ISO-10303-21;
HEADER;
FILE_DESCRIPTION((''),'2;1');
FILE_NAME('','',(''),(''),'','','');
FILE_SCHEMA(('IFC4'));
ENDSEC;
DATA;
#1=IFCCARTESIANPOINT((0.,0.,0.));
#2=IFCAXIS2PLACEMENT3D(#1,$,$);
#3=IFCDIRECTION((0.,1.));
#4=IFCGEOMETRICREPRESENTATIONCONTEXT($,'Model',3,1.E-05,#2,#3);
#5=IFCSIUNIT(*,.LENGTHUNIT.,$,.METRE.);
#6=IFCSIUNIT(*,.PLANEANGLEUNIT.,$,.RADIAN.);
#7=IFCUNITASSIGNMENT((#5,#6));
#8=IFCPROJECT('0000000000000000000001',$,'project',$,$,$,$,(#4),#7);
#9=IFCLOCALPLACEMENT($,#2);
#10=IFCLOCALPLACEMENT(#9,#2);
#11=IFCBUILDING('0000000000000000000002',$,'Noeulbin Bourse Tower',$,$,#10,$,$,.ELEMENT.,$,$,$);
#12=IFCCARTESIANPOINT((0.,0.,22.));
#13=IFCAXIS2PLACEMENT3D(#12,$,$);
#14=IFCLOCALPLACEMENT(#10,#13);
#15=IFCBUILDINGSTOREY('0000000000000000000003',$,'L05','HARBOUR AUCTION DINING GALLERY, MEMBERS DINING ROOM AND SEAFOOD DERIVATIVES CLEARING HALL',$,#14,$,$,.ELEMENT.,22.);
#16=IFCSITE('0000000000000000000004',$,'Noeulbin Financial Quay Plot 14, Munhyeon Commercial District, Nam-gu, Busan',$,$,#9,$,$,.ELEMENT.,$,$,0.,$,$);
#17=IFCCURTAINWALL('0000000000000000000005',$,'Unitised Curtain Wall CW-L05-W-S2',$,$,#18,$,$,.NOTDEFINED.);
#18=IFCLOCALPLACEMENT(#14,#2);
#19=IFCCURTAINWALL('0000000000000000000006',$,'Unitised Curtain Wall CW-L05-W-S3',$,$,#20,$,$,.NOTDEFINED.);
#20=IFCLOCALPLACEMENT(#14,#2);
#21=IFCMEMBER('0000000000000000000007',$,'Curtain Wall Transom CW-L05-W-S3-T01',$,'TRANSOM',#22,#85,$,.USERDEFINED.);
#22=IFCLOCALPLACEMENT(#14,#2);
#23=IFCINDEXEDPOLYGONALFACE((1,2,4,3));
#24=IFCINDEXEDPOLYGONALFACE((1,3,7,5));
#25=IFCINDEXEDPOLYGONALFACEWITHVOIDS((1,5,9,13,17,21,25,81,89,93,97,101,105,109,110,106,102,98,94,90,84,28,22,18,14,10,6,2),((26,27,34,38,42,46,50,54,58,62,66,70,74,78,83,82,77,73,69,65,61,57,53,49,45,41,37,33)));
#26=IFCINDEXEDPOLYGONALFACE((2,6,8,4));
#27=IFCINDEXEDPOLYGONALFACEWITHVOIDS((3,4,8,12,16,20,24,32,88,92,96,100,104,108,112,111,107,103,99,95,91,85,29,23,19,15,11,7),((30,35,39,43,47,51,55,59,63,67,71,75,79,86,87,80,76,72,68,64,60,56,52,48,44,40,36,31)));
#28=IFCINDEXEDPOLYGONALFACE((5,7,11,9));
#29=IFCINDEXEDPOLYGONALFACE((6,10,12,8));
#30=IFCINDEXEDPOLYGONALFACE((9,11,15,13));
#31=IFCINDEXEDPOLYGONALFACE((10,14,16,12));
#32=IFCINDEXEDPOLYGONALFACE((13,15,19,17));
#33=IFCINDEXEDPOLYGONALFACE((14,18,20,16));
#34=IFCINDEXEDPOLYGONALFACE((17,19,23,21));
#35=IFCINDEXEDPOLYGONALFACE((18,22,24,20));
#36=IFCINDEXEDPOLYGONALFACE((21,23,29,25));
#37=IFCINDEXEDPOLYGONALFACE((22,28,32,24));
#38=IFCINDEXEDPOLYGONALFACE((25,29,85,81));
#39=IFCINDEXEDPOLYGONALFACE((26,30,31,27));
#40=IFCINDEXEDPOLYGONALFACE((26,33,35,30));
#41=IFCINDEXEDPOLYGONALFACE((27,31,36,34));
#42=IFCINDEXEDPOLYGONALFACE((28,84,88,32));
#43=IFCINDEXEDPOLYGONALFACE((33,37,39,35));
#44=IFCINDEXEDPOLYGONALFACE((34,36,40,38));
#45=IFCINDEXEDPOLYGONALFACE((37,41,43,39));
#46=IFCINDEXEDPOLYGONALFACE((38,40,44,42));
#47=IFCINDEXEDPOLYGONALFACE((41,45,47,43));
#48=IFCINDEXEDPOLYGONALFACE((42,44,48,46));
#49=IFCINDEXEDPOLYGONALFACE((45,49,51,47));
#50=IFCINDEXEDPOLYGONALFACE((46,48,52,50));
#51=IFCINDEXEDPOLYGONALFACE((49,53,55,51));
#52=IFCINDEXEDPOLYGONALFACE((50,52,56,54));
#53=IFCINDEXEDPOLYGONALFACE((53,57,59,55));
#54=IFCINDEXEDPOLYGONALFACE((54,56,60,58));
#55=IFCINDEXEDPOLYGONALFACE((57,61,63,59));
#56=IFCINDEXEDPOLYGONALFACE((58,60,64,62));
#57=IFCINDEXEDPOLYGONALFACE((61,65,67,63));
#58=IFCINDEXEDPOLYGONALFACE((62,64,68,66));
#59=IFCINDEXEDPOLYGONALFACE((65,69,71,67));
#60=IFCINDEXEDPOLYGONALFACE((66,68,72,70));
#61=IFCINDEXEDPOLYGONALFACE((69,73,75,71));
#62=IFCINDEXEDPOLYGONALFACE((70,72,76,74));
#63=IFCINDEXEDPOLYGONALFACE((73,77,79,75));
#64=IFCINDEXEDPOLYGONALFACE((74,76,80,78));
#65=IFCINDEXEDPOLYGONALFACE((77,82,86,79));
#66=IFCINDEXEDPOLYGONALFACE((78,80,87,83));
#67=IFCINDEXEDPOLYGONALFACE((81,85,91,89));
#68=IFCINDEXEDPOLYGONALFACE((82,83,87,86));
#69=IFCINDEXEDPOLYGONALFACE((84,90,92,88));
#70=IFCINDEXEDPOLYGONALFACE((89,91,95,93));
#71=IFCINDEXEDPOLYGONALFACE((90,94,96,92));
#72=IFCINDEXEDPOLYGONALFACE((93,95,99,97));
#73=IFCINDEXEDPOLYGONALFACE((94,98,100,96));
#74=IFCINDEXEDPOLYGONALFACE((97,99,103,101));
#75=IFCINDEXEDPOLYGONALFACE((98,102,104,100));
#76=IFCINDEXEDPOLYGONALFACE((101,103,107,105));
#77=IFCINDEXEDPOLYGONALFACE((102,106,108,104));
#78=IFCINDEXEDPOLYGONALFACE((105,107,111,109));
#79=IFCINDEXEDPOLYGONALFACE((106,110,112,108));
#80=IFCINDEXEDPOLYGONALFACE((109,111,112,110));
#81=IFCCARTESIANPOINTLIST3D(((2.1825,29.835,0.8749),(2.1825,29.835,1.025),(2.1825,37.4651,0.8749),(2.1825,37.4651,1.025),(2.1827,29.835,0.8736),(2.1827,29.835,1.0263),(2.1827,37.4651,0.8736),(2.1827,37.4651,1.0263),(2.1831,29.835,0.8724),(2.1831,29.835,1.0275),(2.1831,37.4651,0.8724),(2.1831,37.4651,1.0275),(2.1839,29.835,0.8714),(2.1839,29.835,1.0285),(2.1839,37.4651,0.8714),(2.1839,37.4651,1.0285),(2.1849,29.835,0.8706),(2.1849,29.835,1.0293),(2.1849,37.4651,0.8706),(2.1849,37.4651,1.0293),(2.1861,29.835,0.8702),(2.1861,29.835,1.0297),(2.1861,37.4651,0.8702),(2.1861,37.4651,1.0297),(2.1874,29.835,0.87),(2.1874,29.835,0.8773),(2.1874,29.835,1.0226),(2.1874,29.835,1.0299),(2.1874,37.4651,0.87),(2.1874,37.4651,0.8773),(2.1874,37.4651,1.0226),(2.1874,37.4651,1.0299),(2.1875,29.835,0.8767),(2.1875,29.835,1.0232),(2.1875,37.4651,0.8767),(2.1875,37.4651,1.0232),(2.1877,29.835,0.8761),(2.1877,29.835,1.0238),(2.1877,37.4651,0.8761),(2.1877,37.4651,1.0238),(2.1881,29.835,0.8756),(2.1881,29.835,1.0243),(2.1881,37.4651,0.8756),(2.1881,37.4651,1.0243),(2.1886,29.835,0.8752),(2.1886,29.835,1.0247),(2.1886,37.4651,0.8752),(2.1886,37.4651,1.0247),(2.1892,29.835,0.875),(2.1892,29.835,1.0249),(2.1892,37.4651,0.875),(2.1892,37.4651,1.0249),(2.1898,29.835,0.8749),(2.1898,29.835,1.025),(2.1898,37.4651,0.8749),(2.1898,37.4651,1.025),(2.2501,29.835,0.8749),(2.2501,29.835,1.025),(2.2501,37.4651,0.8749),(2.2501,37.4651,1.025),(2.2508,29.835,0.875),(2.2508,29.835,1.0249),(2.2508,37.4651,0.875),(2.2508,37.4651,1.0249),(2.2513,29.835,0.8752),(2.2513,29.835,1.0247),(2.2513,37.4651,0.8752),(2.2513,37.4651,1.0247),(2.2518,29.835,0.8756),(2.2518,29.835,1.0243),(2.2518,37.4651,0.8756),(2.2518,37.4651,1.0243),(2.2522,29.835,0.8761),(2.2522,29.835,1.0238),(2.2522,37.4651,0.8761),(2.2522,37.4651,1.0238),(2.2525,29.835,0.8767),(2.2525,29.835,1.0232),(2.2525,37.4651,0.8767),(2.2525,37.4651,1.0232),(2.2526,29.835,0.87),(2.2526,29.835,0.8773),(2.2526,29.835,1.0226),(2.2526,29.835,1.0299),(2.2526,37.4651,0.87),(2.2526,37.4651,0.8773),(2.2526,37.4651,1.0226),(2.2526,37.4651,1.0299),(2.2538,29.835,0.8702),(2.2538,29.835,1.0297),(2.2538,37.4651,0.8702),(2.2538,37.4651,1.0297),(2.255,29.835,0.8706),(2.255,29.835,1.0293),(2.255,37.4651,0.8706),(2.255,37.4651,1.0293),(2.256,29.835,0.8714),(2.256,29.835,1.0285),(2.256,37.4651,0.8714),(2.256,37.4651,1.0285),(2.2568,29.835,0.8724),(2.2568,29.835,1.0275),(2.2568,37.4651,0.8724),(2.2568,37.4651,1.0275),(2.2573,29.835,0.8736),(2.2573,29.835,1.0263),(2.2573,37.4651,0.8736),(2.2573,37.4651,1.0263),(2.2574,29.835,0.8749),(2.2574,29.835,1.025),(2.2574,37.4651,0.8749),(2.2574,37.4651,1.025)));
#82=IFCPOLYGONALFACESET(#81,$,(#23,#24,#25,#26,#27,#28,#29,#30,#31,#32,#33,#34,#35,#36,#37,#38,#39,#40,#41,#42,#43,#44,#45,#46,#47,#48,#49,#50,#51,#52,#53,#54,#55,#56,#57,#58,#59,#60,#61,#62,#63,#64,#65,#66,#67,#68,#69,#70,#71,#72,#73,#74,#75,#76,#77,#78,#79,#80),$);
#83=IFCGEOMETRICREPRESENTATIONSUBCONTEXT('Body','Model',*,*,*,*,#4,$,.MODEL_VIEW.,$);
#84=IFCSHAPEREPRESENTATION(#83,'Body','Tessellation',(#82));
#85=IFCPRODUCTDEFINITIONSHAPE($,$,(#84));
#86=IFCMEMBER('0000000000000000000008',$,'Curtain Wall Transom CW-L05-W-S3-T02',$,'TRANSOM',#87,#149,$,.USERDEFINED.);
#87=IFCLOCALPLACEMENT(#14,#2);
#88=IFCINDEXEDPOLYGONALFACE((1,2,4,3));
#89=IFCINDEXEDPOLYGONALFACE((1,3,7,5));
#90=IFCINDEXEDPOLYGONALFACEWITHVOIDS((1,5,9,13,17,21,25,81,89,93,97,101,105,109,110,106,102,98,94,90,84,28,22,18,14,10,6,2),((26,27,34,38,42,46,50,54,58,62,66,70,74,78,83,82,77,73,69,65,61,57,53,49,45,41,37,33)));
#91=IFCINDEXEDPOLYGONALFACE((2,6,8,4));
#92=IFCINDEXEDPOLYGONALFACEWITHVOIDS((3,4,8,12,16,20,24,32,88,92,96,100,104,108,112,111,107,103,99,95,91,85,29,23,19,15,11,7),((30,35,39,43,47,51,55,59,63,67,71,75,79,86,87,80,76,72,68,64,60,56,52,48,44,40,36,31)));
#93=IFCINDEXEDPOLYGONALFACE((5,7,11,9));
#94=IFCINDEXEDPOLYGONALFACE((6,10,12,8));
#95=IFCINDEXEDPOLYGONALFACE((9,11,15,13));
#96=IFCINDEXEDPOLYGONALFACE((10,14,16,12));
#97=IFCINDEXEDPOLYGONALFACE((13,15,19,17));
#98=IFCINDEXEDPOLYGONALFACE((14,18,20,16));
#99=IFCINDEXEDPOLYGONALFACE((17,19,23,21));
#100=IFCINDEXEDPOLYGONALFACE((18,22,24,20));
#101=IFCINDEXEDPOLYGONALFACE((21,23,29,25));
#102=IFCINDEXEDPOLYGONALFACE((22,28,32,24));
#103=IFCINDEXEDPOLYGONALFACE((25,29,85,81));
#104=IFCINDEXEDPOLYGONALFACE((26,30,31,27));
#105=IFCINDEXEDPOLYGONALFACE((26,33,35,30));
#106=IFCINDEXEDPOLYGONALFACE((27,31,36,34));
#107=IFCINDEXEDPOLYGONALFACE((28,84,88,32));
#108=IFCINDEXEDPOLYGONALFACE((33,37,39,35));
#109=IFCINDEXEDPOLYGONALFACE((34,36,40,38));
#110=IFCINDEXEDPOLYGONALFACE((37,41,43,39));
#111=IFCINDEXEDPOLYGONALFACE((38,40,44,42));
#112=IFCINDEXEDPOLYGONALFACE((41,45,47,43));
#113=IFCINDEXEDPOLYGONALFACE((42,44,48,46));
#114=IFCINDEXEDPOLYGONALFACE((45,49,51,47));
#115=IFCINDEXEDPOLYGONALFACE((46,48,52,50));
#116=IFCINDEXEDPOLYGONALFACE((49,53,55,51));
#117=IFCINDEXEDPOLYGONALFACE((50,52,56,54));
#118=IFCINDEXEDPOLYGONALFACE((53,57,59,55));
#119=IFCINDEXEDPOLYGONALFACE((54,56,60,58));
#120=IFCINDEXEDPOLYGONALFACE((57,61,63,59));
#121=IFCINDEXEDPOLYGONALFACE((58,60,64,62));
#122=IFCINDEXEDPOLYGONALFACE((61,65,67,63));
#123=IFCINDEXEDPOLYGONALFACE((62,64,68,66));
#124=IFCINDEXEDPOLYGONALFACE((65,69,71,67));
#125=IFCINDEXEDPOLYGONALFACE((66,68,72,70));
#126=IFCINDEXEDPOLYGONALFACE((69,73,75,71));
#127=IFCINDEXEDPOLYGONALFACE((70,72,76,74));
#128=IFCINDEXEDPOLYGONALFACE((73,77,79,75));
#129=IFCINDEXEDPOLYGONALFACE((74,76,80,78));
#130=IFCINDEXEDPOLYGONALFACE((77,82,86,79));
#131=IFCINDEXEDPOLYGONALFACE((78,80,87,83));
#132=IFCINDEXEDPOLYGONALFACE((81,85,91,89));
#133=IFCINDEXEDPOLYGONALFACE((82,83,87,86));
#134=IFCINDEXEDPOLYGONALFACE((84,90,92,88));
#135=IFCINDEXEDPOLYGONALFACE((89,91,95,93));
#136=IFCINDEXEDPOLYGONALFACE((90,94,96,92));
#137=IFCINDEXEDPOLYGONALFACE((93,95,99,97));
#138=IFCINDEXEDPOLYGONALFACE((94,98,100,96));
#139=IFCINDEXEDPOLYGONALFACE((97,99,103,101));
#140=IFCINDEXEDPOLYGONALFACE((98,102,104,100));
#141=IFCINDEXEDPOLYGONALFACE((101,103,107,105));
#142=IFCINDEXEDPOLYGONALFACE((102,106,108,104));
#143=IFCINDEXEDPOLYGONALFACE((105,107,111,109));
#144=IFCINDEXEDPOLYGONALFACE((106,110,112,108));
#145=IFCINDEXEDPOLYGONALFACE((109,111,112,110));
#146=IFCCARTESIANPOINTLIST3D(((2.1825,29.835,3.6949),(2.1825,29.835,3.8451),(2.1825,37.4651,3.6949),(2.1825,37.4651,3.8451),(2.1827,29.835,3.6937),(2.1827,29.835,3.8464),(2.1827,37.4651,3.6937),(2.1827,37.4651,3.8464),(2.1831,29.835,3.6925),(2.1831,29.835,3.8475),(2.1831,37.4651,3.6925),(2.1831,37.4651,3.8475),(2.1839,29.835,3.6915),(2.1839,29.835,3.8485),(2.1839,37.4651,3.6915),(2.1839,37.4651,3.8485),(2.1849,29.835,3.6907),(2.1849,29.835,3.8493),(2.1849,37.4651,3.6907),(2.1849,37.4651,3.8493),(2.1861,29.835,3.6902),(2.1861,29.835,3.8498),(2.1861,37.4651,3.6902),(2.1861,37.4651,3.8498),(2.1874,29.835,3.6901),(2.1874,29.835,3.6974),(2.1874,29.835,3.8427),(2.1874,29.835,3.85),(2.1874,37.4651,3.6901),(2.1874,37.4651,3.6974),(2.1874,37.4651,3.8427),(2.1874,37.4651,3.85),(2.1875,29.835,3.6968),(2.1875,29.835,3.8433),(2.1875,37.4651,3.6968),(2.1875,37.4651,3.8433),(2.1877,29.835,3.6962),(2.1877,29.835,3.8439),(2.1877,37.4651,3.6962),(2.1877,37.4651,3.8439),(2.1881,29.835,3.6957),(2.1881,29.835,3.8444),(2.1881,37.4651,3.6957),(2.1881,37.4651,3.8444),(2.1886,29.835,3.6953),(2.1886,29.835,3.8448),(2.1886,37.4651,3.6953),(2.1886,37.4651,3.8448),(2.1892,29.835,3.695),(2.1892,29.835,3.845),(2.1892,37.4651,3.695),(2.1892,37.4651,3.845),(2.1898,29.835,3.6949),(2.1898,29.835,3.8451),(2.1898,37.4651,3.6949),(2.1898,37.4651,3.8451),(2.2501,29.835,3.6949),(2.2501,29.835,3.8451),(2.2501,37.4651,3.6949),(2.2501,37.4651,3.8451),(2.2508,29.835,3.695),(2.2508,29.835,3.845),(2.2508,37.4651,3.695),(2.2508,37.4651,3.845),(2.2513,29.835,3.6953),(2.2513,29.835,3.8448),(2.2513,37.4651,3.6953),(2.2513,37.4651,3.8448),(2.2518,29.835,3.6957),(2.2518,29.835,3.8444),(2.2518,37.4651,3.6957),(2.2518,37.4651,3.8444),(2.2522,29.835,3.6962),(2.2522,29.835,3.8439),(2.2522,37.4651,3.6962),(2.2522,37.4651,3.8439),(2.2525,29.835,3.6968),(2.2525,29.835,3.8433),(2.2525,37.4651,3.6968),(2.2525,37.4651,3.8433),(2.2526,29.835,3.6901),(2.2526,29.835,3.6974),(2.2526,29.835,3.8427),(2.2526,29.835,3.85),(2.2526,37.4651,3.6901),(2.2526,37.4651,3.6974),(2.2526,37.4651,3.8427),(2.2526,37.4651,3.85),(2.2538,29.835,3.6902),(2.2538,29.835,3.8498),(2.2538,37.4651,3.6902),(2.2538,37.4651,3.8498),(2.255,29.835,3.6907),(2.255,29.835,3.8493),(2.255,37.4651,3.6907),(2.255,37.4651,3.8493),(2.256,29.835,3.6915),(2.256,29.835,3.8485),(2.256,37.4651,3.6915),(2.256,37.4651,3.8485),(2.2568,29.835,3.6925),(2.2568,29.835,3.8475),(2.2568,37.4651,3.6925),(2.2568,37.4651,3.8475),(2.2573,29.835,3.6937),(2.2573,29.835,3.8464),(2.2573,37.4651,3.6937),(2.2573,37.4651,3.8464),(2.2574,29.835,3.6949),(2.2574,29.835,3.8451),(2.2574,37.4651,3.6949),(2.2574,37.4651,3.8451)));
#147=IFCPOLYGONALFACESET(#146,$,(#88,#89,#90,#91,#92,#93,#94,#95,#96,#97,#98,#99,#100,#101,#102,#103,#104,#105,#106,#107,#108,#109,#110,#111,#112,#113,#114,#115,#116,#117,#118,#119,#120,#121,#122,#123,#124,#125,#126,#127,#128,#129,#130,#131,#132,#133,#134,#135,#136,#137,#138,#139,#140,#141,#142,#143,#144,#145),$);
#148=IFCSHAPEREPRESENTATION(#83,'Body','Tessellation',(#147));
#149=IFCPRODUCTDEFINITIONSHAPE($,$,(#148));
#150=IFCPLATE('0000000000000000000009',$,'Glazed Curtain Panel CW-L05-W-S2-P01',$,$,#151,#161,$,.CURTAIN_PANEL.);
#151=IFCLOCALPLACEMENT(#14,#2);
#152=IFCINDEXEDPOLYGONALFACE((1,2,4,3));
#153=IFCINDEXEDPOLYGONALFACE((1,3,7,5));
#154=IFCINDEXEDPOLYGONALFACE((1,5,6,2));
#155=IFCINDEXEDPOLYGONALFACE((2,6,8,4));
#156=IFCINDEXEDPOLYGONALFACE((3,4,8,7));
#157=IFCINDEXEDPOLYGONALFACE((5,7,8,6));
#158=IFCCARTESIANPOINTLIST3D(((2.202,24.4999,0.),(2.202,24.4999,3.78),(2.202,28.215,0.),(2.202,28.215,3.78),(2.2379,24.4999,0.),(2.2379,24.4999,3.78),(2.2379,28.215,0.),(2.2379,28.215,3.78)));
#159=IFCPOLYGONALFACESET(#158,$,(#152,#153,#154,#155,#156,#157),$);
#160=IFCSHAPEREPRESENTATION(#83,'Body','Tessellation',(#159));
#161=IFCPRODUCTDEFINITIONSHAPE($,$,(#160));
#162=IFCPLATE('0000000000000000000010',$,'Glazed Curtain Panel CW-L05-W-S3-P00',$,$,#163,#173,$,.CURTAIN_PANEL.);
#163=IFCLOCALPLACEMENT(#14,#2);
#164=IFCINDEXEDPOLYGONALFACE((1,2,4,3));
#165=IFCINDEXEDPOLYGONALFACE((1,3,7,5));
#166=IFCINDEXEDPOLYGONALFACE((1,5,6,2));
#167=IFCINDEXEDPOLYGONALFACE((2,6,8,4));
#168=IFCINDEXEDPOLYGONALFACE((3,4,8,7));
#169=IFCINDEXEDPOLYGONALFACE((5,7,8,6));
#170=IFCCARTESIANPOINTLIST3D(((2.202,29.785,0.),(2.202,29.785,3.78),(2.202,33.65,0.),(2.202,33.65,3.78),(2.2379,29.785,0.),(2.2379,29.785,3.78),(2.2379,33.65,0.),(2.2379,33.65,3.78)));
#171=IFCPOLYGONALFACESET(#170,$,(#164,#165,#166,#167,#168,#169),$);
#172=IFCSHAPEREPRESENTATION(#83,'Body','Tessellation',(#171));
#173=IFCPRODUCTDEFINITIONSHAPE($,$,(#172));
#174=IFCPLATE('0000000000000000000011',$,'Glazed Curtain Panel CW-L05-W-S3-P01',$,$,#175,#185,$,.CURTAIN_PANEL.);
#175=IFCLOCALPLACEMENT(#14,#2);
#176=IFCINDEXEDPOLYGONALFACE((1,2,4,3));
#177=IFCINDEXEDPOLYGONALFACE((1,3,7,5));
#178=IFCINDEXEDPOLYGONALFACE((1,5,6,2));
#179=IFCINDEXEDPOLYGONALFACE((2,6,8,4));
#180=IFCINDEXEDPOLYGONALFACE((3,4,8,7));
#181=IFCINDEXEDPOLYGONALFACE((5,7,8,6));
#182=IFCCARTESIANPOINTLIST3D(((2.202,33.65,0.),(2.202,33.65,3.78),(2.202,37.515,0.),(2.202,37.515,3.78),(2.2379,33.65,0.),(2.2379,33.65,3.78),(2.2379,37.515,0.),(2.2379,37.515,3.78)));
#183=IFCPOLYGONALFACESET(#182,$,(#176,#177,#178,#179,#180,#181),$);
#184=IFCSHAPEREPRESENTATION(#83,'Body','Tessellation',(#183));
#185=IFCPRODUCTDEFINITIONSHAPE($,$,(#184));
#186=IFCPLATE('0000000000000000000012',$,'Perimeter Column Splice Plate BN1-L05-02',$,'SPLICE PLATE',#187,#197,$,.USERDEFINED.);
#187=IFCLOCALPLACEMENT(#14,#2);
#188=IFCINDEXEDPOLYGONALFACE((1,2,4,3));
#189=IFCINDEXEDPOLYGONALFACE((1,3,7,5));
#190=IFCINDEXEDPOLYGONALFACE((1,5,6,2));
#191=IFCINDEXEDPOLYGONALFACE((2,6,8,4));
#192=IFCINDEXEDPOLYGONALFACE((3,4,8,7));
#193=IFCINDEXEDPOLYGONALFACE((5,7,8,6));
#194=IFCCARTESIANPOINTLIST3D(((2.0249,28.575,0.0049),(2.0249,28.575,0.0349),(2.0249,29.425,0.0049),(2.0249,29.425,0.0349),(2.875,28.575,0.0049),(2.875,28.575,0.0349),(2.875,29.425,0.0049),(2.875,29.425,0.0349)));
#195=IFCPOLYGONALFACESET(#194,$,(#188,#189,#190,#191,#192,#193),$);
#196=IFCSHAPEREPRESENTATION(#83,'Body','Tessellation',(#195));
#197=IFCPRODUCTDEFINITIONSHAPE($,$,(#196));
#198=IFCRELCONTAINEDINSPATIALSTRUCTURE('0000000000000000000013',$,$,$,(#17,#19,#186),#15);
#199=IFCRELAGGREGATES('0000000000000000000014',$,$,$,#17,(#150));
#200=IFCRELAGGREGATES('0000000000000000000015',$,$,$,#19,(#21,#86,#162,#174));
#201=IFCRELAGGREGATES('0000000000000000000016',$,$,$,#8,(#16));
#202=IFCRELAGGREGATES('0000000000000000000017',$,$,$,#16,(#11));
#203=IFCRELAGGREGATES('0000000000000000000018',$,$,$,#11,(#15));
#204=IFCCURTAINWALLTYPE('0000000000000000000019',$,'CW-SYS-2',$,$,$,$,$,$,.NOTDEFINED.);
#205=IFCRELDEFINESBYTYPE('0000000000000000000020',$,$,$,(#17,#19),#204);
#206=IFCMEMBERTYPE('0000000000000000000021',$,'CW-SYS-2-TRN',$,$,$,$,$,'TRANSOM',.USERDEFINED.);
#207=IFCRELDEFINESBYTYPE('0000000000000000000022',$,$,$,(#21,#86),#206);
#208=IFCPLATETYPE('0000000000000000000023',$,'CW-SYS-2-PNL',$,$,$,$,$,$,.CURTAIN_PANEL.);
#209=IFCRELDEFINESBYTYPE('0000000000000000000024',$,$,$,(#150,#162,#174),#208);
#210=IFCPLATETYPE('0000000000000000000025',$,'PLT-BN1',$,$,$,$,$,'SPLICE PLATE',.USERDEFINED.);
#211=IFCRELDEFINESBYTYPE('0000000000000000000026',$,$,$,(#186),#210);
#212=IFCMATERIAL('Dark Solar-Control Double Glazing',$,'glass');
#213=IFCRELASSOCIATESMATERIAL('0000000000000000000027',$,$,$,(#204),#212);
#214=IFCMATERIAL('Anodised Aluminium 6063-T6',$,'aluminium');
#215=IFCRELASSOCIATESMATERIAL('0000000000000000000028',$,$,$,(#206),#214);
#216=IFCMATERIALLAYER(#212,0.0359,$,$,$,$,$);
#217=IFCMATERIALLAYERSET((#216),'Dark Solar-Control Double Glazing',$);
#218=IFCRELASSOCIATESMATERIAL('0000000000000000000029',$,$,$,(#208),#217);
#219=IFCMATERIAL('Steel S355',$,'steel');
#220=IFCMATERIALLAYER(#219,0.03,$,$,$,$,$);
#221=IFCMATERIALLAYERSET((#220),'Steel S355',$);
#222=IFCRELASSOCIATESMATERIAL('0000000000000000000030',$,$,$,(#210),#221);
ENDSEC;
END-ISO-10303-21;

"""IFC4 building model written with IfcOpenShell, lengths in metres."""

from ifc_helpers import new_model, si_unit, direction, frame, origin, origin_2d, place, context, subcontext, project, spatial, rectangle, hollow_rectangle, extrude, material, layer, layer_set, material_profile, profile_set, type_object, element, aggregate, save


model = new_model("IFC4")

# Units and contexts
model_context = context("Model", 3, precision=1e-05, world=origin(), true_north=direction((0.0, 1.0)))
body_context = subcontext(model_context, "Body", "Model", "MODEL_VIEW")
ifc_project = project(units=[si_unit("LENGTHUNIT", "METRE"), si_unit("PLANEANGLEUNIT", "RADIAN")], contexts=[model_context])

# Site, building, storey
site_placement = place(None, origin())
site = spatial("IfcSite", under=ifc_project, at=site_placement, Name="Noeulbin Financial Quay Plot 14, Munhyeon Commercial District, Nam-gu, Busan", CompositionType="ELEMENT", RefElevation=0.0)
building_placement = place(site_placement, origin())
building = spatial("IfcBuilding", under=site, at=building_placement, Name="Noeulbin Bourse Tower", CompositionType="ELEMENT")
storey_placement = place(building_placement, frame((0.0, 0.0, 22.0)))
storey = spatial("IfcBuildingStorey", under=building, at=storey_placement, Name="L05", Description="HARBOUR AUCTION DINING GALLERY, MEMBERS DINING ROOM AND SEAFOOD DERIVATIVES CLEARING HALL", CompositionType="ELEMENT", Elevation=22.0)

# Shared definitions
ifc_material_1 = material(Name="Steel S355", Category="steel")

# Curtain walls, members
ifc_material_2 = material(Name="Dark Solar-Control Double Glazing", Category="glass")
curtain_wall_type = type_object("IfcCurtainWallType", Name="CW-SYS-2", PredefinedType="NOTDEFINED", material=ifc_material_2)
curtain_wall_1_placement = place(storey_placement, origin())
curtain_wall_1 = element("IfcCurtainWall", 1, at=curtain_wall_1_placement, inside=storey, type_object=curtain_wall_type, Name="Unitised Curtain Wall CW-L05-W-S2", PredefinedType="NOTDEFINED")
ifc_material_3 = material(Name="Anodised Aluminium 6063-T6", Category="aluminium")
curtain_wall_2_placement = place(storey_placement, origin())
curtain_wall_2 = element("IfcCurtainWall", 2, at=curtain_wall_2_placement, inside=storey, type_object=curtain_wall_type, Name="Unitised Curtain Wall CW-L05-W-S3", PredefinedType="NOTDEFINED")
ifc_material_profile_1 = material_profile(ifc_material_3, hollow_rectangle(XDim=0.075, YDim=0.1599, WallThickness=0.0049, InnerFilletRadius=0.0024, OuterFilletRadius=0.0049, at=origin_2d()), Name="ALU-TRAN-75x160x5", Category="LoadBearing")
ifc_profile_set_1 = profile_set([ifc_material_profile_1], Name="Anodised Aluminium 6063-T6")
member_type_1 = type_object("IfcMemberType", Name="CW-SYS-2-TRN", ElementType="TRANSOM", PredefinedType="USERDEFINED", material=ifc_profile_set_1)
member_1_placement = place(storey_placement, frame((2.22, 29.835, 0.95), z_axis=(0.0, 1.0, 0.0), x_axis=(-1.0, 0.0, 0.0)))
member_1 = element("IfcMember", 3, at=member_1_placement, type_object=member_type_1, Name="Curtain Wall Transom CW-L05-W-S3-T01", ObjectType="TRANSOM", PredefinedType="USERDEFINED", context=body_context, shape_type="SweptSolid", body=[
    extrude(hollow_rectangle(XDim=0.075, YDim=0.1599, WallThickness=0.0049, InnerFilletRadius=0.0024, OuterFilletRadius=0.0049, at=origin_2d()), origin(), (0.0, 0.0, 1.0), 7.6301),
])
member_2_placement = place(storey_placement, frame((2.22, 29.835, 3.77), z_axis=(0.0, 1.0, 0.0), x_axis=(-1.0, 0.0, 0.0)))
member_2 = element("IfcMember", 4, at=member_2_placement, type_object=member_type_1, Name="Curtain Wall Transom CW-L05-W-S3-T02", ObjectType="TRANSOM", PredefinedType="USERDEFINED", context=body_context, shape_type="SweptSolid", body=[
    extrude(hollow_rectangle(XDim=0.075, YDim=0.1599, WallThickness=0.0049, InnerFilletRadius=0.0024, OuterFilletRadius=0.0049, at=origin_2d()), origin(), (0.0, 0.0, 1.0), 7.6301),
])

# Plates
ifc_layer_1 = layer(ifc_material_2, 0.0359)
ifc_layer_set_1 = layer_set([ifc_layer_1], Name="Dark Solar-Control Double Glazing")
plate_type_1 = type_object("IfcPlateType", Name="CW-SYS-2-PNL", PredefinedType="CURTAIN_PANEL", material=ifc_layer_set_1)
plate_1_placement = place(storey_placement, frame((2.22, 26.3574, 0.0), z_axis=(0.0, 0.0, 1.0), x_axis=(0.0, 1.0, 0.0)))
plate_1 = element("IfcPlate", 5, at=plate_1_placement, type_object=plate_type_1, Name="Glazed Curtain Panel CW-L05-W-S2-P01", PredefinedType="CURTAIN_PANEL", context=body_context, shape_type="SweptSolid", body=[
    extrude(rectangle(XDim=3.7151, YDim=0.0359, at=origin_2d()), origin(), (0.0, 0.0, 1.0), 3.78),
])
aggregate(curtain_wall_1, [plate_1])
plate_2_placement = place(storey_placement, frame((2.22, 31.7175, 0.0), z_axis=(0.0, 0.0, 1.0), x_axis=(0.0, 1.0, 0.0)))
plate_2 = element("IfcPlate", 6, at=plate_2_placement, type_object=plate_type_1, Name="Glazed Curtain Panel CW-L05-W-S3-P00", PredefinedType="CURTAIN_PANEL", context=body_context, shape_type="SweptSolid", body=[
    extrude(rectangle(XDim=3.865, YDim=0.0359, at=origin_2d()), origin(), (0.0, 0.0, 1.0), 3.78),
])
plate_3_placement = place(storey_placement, frame((2.22, 35.5825, 0.0), z_axis=(0.0, 0.0, 1.0), x_axis=(0.0, 1.0, 0.0)))
plate_3 = element("IfcPlate", 7, at=plate_3_placement, type_object=plate_type_1, Name="Glazed Curtain Panel CW-L05-W-S3-P01", PredefinedType="CURTAIN_PANEL", context=body_context, shape_type="SweptSolid", body=[
    extrude(rectangle(XDim=3.865, YDim=0.0359, at=origin_2d()), origin(), (0.0, 0.0, 1.0), 3.78),
])
aggregate(curtain_wall_2, [member_1, member_2, plate_2, plate_3])
ifc_layer_2 = layer(ifc_material_1, 0.03)
ifc_layer_set_2 = layer_set([ifc_layer_2], Name="Steel S355")
plate_type_2 = type_object("IfcPlateType", Name="PLT-BN1", ElementType="SPLICE PLATE", PredefinedType="USERDEFINED", material=ifc_layer_set_2)
plate_4_placement = place(storey_placement, frame((2.45, 29.0, 0.0049), z_axis=(0.0, 0.0, 1.0), x_axis=(1.0, 0.0, 0.0)))
element("IfcPlate", 8, at=plate_4_placement, inside=storey, type_object=plate_type_2, Name="Perimeter Column Splice Plate BN1-L05-02", ObjectType="SPLICE PLATE", PredefinedType="USERDEFINED", context=body_context, shape_type="SweptSolid", body=[
    extrude(rectangle(XDim=0.8501, YDim=0.8501, at=origin_2d()), origin(), (0.0, 0.0, 1.0), 0.03),
])

save(model, "model.ifc")
